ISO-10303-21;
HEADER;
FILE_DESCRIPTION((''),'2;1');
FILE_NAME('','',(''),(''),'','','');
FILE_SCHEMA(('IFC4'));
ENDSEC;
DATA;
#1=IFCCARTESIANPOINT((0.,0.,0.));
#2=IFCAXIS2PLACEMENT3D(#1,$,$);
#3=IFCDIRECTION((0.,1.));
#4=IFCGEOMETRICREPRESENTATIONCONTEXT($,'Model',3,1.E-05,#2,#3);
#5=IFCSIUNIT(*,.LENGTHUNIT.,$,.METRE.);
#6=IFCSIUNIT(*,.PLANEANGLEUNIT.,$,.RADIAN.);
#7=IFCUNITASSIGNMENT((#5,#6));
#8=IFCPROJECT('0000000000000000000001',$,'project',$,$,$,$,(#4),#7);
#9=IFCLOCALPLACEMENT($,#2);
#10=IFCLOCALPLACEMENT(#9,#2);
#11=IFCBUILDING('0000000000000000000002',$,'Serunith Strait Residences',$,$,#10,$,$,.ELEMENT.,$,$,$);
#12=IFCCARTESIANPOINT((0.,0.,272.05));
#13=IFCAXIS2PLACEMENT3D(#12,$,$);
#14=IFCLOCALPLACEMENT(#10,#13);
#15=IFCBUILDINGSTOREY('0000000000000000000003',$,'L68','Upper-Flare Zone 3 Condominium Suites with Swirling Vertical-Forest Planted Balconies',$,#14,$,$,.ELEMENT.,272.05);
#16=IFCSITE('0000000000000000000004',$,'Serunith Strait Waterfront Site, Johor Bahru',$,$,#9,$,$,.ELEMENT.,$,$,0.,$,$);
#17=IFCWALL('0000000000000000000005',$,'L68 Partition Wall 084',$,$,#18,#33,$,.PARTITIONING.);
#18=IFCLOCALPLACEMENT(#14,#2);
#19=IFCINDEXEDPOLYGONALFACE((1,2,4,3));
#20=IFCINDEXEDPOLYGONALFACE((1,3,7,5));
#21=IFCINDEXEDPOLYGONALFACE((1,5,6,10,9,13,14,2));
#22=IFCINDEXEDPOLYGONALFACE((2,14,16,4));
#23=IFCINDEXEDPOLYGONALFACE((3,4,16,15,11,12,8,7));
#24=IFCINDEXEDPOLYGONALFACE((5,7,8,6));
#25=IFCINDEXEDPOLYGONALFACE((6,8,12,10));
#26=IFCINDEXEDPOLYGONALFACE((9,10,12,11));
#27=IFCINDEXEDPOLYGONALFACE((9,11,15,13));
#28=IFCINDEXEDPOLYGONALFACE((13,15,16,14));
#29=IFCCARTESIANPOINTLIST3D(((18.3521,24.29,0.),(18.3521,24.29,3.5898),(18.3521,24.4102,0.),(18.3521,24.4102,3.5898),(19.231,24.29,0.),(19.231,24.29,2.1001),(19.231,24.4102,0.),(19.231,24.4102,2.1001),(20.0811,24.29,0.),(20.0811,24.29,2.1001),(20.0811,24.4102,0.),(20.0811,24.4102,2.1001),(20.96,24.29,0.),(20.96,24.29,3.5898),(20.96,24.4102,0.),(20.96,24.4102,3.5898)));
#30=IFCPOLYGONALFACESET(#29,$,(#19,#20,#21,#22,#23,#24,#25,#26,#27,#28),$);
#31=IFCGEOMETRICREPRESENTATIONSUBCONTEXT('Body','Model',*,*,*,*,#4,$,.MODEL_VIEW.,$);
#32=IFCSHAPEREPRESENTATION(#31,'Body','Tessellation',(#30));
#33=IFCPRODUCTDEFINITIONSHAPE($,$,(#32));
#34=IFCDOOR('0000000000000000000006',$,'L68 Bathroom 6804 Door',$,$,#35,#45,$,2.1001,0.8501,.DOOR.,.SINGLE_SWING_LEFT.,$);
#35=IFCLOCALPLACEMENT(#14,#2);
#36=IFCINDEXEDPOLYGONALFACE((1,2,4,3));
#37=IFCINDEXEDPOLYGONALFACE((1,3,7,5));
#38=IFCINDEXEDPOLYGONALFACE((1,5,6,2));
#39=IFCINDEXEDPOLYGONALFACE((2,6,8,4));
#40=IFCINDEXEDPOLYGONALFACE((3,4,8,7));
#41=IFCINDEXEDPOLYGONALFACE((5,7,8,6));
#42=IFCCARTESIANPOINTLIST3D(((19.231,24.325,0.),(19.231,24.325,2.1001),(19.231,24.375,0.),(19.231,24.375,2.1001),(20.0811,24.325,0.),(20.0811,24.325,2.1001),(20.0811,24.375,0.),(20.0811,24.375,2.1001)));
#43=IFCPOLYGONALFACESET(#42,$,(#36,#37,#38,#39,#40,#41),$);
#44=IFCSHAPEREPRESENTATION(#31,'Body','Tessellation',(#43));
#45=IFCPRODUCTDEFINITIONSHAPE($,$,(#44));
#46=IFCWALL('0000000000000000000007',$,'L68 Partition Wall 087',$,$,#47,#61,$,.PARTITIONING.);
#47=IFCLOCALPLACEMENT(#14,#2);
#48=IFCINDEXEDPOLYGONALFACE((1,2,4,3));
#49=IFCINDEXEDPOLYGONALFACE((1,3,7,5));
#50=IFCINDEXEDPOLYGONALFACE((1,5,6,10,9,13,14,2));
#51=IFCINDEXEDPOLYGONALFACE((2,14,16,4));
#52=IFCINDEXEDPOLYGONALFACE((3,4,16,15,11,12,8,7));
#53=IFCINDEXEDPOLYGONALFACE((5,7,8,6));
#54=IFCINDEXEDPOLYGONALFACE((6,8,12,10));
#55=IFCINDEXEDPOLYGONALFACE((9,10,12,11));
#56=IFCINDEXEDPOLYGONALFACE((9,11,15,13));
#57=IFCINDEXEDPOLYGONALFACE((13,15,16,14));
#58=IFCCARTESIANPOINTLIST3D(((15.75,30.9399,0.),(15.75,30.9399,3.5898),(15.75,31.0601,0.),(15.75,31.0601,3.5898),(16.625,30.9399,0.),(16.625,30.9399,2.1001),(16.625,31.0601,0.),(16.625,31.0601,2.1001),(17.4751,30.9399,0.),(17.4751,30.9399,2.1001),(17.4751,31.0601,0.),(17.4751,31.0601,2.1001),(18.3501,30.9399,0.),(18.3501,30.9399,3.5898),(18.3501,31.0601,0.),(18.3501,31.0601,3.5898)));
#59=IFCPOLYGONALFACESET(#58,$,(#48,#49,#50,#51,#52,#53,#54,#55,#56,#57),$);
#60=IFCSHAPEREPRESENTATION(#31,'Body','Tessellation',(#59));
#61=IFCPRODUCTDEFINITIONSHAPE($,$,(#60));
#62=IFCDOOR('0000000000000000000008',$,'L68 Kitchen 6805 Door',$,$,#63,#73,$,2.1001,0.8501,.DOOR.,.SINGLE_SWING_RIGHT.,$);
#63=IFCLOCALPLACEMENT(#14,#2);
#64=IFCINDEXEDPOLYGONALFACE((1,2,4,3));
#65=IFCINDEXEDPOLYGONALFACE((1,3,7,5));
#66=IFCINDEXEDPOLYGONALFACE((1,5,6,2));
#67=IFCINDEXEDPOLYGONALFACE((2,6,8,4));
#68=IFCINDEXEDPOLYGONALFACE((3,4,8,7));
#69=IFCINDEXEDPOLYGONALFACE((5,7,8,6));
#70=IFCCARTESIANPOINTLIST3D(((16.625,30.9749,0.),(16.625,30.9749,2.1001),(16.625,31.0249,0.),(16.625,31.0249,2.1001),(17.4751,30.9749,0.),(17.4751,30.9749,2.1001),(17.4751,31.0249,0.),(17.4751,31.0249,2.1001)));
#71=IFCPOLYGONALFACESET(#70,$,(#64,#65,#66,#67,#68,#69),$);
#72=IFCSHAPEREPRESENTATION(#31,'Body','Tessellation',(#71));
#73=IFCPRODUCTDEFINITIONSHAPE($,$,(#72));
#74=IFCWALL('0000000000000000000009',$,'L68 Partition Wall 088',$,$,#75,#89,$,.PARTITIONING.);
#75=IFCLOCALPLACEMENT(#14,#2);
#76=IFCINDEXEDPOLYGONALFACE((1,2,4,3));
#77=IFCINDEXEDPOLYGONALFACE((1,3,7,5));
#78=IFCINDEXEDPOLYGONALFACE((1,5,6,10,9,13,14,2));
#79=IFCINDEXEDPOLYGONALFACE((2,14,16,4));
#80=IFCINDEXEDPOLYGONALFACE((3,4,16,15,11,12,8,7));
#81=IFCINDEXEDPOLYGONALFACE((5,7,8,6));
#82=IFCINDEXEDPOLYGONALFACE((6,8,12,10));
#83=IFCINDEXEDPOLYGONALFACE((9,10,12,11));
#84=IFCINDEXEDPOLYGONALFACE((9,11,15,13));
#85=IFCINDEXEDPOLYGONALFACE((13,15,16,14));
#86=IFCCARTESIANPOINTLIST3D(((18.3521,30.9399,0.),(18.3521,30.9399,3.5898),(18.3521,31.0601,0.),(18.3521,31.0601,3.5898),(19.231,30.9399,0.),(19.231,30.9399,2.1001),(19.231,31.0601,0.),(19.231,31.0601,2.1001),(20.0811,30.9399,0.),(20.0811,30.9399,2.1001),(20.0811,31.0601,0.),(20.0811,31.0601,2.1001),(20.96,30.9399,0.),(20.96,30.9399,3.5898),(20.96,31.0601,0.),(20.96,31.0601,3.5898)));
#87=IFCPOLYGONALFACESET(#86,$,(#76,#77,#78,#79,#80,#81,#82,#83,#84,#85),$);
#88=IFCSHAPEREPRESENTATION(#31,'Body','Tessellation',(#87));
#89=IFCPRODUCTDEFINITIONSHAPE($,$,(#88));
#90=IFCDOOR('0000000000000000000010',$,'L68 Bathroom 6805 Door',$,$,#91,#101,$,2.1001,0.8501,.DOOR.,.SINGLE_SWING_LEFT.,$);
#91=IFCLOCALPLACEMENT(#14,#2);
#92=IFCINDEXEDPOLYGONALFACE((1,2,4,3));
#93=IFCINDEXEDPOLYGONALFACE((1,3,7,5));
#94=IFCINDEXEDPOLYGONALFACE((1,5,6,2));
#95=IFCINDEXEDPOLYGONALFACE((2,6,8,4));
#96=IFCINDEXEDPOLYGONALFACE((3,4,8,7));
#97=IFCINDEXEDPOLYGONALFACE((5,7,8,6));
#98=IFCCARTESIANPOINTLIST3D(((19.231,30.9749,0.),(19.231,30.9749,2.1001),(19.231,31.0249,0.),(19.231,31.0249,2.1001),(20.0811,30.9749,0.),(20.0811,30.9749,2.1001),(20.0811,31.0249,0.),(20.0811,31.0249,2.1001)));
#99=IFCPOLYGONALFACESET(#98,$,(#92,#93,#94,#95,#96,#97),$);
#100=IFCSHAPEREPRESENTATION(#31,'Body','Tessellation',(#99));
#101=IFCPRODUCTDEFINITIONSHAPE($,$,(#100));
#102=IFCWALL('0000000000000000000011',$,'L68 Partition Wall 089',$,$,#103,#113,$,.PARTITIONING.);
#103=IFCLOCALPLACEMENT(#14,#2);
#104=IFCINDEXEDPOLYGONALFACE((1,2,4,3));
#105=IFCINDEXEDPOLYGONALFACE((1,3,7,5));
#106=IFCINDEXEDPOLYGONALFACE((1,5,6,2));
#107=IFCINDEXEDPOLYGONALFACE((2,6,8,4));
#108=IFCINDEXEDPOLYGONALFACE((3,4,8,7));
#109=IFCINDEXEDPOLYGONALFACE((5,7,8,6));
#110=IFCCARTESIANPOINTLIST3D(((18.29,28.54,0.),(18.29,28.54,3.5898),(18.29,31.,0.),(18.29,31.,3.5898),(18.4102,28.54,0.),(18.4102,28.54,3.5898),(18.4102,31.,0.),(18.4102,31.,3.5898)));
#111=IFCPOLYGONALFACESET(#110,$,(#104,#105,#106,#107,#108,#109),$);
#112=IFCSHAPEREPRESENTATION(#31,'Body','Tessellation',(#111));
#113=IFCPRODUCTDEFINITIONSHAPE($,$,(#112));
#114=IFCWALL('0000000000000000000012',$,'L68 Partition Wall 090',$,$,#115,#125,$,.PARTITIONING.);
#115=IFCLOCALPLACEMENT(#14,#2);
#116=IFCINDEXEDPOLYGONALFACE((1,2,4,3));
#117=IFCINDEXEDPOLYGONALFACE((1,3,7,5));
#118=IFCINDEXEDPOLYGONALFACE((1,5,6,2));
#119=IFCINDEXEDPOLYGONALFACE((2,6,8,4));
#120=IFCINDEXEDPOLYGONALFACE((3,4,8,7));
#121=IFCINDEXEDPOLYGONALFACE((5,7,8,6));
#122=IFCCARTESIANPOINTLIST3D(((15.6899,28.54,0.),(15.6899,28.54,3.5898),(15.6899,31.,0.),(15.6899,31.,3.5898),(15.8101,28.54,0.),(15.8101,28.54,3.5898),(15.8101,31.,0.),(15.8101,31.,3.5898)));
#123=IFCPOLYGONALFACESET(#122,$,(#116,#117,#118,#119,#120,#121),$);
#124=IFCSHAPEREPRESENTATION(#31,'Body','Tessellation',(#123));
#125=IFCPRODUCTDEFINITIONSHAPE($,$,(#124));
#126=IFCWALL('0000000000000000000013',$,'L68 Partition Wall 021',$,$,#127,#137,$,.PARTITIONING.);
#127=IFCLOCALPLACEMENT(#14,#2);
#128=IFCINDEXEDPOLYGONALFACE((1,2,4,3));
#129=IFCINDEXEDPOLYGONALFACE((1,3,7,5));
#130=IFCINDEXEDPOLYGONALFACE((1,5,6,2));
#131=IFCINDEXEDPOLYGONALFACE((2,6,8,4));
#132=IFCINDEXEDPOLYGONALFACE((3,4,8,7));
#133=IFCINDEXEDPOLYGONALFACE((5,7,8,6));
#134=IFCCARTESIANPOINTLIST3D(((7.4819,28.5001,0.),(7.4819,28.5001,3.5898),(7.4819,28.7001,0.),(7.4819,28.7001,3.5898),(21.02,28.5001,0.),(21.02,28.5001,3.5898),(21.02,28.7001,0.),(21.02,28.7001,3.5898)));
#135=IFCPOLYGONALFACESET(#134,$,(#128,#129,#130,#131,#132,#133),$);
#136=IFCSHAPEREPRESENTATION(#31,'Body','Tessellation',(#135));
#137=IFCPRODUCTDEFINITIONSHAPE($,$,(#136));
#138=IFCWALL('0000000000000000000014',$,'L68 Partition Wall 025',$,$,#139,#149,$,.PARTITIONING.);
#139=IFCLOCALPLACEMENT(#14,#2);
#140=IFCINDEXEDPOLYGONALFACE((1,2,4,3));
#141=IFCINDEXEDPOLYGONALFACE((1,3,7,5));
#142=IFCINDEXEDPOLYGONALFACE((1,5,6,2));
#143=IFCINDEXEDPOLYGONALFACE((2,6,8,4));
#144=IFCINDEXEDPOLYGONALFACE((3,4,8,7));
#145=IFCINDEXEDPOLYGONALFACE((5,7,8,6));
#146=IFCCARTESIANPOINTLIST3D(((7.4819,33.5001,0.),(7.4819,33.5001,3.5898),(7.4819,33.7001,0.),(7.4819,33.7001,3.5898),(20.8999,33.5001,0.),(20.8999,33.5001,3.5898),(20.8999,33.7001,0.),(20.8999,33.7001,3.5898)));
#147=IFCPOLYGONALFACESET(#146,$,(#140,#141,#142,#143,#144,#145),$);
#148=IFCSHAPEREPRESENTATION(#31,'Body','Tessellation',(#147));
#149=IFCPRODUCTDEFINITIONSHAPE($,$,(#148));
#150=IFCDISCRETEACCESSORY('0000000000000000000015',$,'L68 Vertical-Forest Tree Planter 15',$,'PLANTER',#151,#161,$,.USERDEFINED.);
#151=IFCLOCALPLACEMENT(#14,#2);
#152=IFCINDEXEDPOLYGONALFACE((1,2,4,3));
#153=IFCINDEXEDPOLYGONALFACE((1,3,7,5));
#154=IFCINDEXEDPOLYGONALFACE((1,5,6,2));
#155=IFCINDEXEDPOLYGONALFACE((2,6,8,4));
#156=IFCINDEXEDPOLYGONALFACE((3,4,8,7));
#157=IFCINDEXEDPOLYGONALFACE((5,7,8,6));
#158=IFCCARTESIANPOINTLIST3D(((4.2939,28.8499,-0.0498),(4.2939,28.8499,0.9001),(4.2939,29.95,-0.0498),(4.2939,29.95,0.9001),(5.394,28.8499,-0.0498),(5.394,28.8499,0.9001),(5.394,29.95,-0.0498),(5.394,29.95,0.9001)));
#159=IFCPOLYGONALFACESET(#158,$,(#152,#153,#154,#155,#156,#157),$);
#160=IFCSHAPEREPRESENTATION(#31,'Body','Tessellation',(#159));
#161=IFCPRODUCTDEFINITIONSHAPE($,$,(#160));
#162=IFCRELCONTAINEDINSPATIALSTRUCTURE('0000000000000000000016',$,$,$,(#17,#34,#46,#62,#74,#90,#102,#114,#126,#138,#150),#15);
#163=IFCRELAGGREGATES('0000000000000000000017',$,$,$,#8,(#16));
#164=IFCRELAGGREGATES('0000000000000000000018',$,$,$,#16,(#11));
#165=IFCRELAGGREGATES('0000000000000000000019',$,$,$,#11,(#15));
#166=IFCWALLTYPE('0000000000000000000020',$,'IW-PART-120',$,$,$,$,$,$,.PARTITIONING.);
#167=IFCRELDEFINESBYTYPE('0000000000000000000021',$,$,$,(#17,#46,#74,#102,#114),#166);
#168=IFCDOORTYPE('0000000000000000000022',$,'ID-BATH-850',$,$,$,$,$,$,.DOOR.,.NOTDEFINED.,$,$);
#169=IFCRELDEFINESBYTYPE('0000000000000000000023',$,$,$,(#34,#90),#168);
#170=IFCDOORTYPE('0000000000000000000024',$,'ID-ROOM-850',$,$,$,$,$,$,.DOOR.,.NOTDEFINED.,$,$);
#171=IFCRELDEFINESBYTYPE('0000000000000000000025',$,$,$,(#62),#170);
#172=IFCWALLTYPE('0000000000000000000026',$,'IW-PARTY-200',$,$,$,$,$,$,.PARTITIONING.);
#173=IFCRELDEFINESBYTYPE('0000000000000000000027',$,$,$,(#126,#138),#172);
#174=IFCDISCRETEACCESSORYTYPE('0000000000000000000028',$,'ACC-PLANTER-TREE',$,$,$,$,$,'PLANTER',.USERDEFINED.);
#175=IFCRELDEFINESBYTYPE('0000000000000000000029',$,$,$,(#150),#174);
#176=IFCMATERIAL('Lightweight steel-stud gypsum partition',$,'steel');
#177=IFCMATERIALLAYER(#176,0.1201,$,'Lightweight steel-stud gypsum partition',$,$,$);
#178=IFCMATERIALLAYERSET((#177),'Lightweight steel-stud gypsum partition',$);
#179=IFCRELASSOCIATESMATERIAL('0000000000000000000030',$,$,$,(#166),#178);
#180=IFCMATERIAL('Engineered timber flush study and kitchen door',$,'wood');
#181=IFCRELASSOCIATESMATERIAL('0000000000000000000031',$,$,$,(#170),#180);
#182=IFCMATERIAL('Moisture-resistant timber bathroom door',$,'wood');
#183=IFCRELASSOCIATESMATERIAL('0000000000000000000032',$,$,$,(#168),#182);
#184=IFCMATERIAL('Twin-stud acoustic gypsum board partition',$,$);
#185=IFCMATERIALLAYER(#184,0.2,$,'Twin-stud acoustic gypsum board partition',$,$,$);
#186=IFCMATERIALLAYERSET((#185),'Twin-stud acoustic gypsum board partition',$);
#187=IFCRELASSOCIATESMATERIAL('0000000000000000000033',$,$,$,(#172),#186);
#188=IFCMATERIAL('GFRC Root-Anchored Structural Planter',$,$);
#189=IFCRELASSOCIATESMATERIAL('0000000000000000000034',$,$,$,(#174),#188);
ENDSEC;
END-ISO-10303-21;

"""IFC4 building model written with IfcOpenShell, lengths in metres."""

from ifc_helpers import new_model, si_unit, direction, frame, frame_2d, origin, origin_2d, place, context, subcontext, project, spatial, rectangle, extrude, source, transform, mapped, material, layer, layer_set, type_object, element, fill, save


model = new_model("IFC4")

# Units and contexts
model_context = context("Model", 3, precision=1e-05, world=origin(), true_north=direction((0.0, 1.0)))
body_context = subcontext(model_context, "Body", "Model", "MODEL_VIEW")
ifc_project = project(units=[si_unit("LENGTHUNIT", "METRE"), si_unit("PLANEANGLEUNIT", "RADIAN")], contexts=[model_context])

# Site, building, storey
site_placement = place(None, origin())
site = spatial("IfcSite", under=ifc_project, at=site_placement, Name="Serunith Strait Waterfront Site, Johor Bahru", CompositionType="ELEMENT", RefElevation=0.0)
building_placement = place(site_placement, origin())
building = spatial("IfcBuilding", under=site, at=building_placement, Name="Serunith Strait Residences", CompositionType="ELEMENT")
storey_placement = place(building_placement, frame((0.0, 0.0, 272.05)))
storey = spatial("IfcBuildingStorey", under=building, at=storey_placement, Name="L68", Description="Upper-Flare Zone 3 Condominium Suites with Swirling Vertical-Forest Planted Balconies", CompositionType="ELEMENT", Elevation=272.05)

# Walls, openings, doors
ifc_material_1 = material(Name="Lightweight steel-stud gypsum partition", Category="steel")
ifc_layer_1 = layer(ifc_material_1, 0.1201, Name="Lightweight steel-stud gypsum partition")
ifc_layer_set_1 = layer_set([ifc_layer_1], Name="Lightweight steel-stud gypsum partition")
wall_type_1 = type_object("IfcWallType", Name="IW-PART-120", PredefinedType="PARTITIONING", material=ifc_layer_set_1)
ifc_material_2 = material(Name="Engineered timber flush study and kitchen door", Category="wood")
door_type_1 = type_object("IfcDoorType", Name="ID-ROOM-850", OperationType="NOTDEFINED", PredefinedType="DOOR", material=ifc_material_2)
shared_shape_1 = source(origin(), body_context, "Body", "SweptSolid", [
    extrude(rectangle(XDim=0.8501, YDim=2.1001, at=frame_2d((0.425, 1.05))), frame((0.0, 0.0249, 0.0), z_axis=(0.0, -1.0, 0.0), x_axis=(1.0, 0.0, 0.0)), (0.0, 0.0, 1.0), 0.05),
])
wall_1_placement = place(storey_placement, frame((18.3521, 24.3501, 0.0), z_axis=(0.0, 0.0, 1.0), x_axis=(1.0, 0.0, 0.0)))
wall_1 = element("IfcWall", 1, at=wall_1_placement, inside=storey, type_object=wall_type_1, Name="L68 Partition Wall 084", PredefinedType="PARTITIONING", context=body_context, shape_type="SweptSolid", body=[
    extrude(rectangle(XDim=2.6079, YDim=0.1201, at=frame_2d((1.304, 0.0))), origin(), (0.0, 0.0, 1.0), 3.5898),
])
opening_1_placement = place(wall_1_placement, frame((0.8789, 0.0, 0.0)))
opening_1 = element("IfcOpeningElement", 2, at=opening_1_placement, cuts=wall_1, PredefinedType="OPENING", context=body_context, shape_type="SweptSolid", body=[
    extrude(rectangle(XDim=0.8501, YDim=2.1001, at=frame_2d((0.425, 1.05))), frame((0.0, 0.0701, 0.0), z_axis=(0.0, -1.0, 0.0), x_axis=(1.0, 0.0, 0.0)), (0.0, 0.0, 1.0), 0.1401),
])
ifc_material_3 = material(Name="Moisture-resistant timber bathroom door", Category="wood")
door_type_2 = type_object("IfcDoorType", Name="ID-BATH-850", OperationType="NOTDEFINED", PredefinedType="DOOR", material=ifc_material_3)
door_1_placement = place(opening_1_placement, origin())
door_1 = element("IfcDoor", 3, at=door_1_placement, inside=storey, type_object=door_type_2, Name="L68 Bathroom 6804 Door", OperationType="SINGLE_SWING_LEFT", OverallHeight=2.1001, OverallWidth=0.8501, PredefinedType="DOOR", context=body_context, shape_type="MappedRepresentation", body=[
    mapped(shared_shape_1, transform((0.0, 0.0, 0.0), scale=1.0)),
])
fill(opening_1, door_1)
wall_2_placement = place(storey_placement, frame((15.75, 31.0, 0.0), z_axis=(0.0, 0.0, 1.0), x_axis=(1.0, 0.0, 0.0)))
wall_2 = element("IfcWall", 4, at=wall_2_placement, inside=storey, type_object=wall_type_1, Name="L68 Partition Wall 087", PredefinedType="PARTITIONING", context=body_context, shape_type="SweptSolid", body=[
    extrude(rectangle(XDim=2.6001, YDim=0.1201, at=frame_2d((1.3, 0.0))), origin(), (0.0, 0.0, 1.0), 3.5898),
])
opening_2_placement = place(wall_2_placement, frame((0.875, 0.0, 0.0)))
opening_2 = element("IfcOpeningElement", 5, at=opening_2_placement, cuts=wall_2, PredefinedType="OPENING", context=body_context, shape_type="SweptSolid", body=[
    extrude(rectangle(XDim=0.8501, YDim=2.1001, at=frame_2d((0.425, 1.05))), frame((0.0, 0.0701, 0.0), z_axis=(0.0, -1.0, 0.0), x_axis=(1.0, 0.0, 0.0)), (0.0, 0.0, 1.0), 0.1401),
])
door_2_placement = place(opening_2_placement, origin())
door_2 = element("IfcDoor", 6, at=door_2_placement, inside=storey, type_object=door_type_1, Name="L68 Kitchen 6805 Door", OperationType="SINGLE_SWING_RIGHT", OverallHeight=2.1001, OverallWidth=0.8501, PredefinedType="DOOR", context=body_context, shape_type="MappedRepresentation", body=[
    mapped(shared_shape_1, transform((0.0, 0.0, 0.0), scale=1.0)),
])
fill(opening_2, door_2)
wall_3_placement = place(storey_placement, frame((18.3521, 31.0, 0.0), z_axis=(0.0, 0.0, 1.0), x_axis=(1.0, 0.0, 0.0)))
wall_3 = element("IfcWall", 7, at=wall_3_placement, inside=storey, type_object=wall_type_1, Name="L68 Partition Wall 088", PredefinedType="PARTITIONING", context=body_context, shape_type="SweptSolid", body=[
    extrude(rectangle(XDim=2.6079, YDim=0.1201, at=frame_2d((1.304, 0.0))), origin(), (0.0, 0.0, 1.0), 3.5898),
])
opening_3_placement = place(wall_3_placement, frame((0.8789, 0.0, 0.0)))
opening_3 = element("IfcOpeningElement", 8, at=opening_3_placement, cuts=wall_3, PredefinedType="OPENING", context=body_context, shape_type="SweptSolid", body=[
    extrude(rectangle(XDim=0.8501, YDim=2.1001, at=frame_2d((0.425, 1.05))), frame((0.0, 0.0701, 0.0), z_axis=(0.0, -1.0, 0.0), x_axis=(1.0, 0.0, 0.0)), (0.0, 0.0, 1.0), 0.1401),
])
door_3_placement = place(opening_3_placement, origin())
door_3 = element("IfcDoor", 9, at=door_3_placement, inside=storey, type_object=door_type_2, Name="L68 Bathroom 6805 Door", OperationType="SINGLE_SWING_LEFT", OverallHeight=2.1001, OverallWidth=0.8501, PredefinedType="DOOR", context=body_context, shape_type="MappedRepresentation", body=[
    mapped(shared_shape_1, transform((0.0, 0.0, 0.0), scale=1.0)),
])
fill(opening_3, door_3)

# Walls
for number, where, z_axis, x_axis, name in (
    (10, (18.3501, 28.54, 0.0), (0.0, 0.0, 1.0), (0.0, 1.0, 0.0), "L68 Partition Wall 089"),
    (11, (15.75, 28.54, 0.0), (0.0, 0.0, 1.0), (0.0, 1.0, 0.0), "L68 Partition Wall 090"),
):
    element("IfcWall", number, at=place(storey_placement, frame(where, z_axis=z_axis, x_axis=x_axis)), inside=storey, type_object=wall_type_1, Name=name, PredefinedType="PARTITIONING", context=body_context, shape_type="SweptSolid", body=[
        extrude(rectangle(XDim=2.46, YDim=0.1201, at=frame_2d((1.23, 0.0))), origin(), (0.0, 0.0, 1.0), 3.5898),
    ])
ifc_material_4 = material(Name="Twin-stud acoustic gypsum board partition")
ifc_layer_2 = layer(ifc_material_4, 0.2, Name="Twin-stud acoustic gypsum board partition")
ifc_layer_set_2 = layer_set([ifc_layer_2], Name="Twin-stud acoustic gypsum board partition")
wall_type_2 = type_object("IfcWallType", Name="IW-PARTY-200", PredefinedType="PARTITIONING", material=ifc_layer_set_2)
wall_4_placement = place(storey_placement, frame((7.4819, 28.6001, 0.0), z_axis=(0.0, 0.0, 1.0), x_axis=(1.0, 0.0, 0.0)))
element("IfcWall", 12, at=wall_4_placement, inside=storey, type_object=wall_type_2, Name="L68 Partition Wall 021", PredefinedType="PARTITIONING", context=body_context, shape_type="SweptSolid", body=[
    extrude(rectangle(XDim=13.5381, YDim=0.2, at=frame_2d((6.769, 0.0))), origin(), (0.0, 0.0, 1.0), 3.5898),
])
wall_5_placement = place(storey_placement, frame((7.4819, 33.6001, 0.0), z_axis=(0.0, 0.0, 1.0), x_axis=(1.0, 0.0, 0.0)))
element("IfcWall", 13, at=wall_5_placement, inside=storey, type_object=wall_type_2, Name="L68 Partition Wall 025", PredefinedType="PARTITIONING", context=body_context, shape_type="SweptSolid", body=[
    extrude(rectangle(XDim=13.418, YDim=0.2, at=frame_2d((6.709, 0.0))), origin(), (0.0, 0.0, 1.0), 3.5898),
])

# Discrete accessory
ifc_material_5 = material(Name="GFRC Root-Anchored Structural Planter")
discrete_accessory_type = type_object("IfcDiscreteAccessoryType", Name="ACC-PLANTER-TREE", ElementType="PLANTER", PredefinedType="USERDEFINED", material=ifc_material_5)
shared_shape_2 = source(origin(), body_context, "Body", "SweptSolid", [
    extrude(rectangle(XDim=1.1001, YDim=1.1001, at=origin_2d()), origin(), (0.0, 0.0, 1.0), 0.95),
])
discrete_accessory_placement = place(storey_placement, frame((4.844, 29.3999, -0.0498), z_axis=(0.0, 0.0, 1.0), x_axis=(0.0, -1.0, 0.0)))
element("IfcDiscreteAccessory", 14, at=discrete_accessory_placement, inside=storey, type_object=discrete_accessory_type, Name="L68 Vertical-Forest Tree Planter 15", ObjectType="PLANTER", PredefinedType="USERDEFINED", context=body_context, shape_type="MappedRepresentation", body=[
    mapped(shared_shape_2, transform((0.0, 0.0, 0.0), scale=1.0)),
])

save(model, "model.ifc")
